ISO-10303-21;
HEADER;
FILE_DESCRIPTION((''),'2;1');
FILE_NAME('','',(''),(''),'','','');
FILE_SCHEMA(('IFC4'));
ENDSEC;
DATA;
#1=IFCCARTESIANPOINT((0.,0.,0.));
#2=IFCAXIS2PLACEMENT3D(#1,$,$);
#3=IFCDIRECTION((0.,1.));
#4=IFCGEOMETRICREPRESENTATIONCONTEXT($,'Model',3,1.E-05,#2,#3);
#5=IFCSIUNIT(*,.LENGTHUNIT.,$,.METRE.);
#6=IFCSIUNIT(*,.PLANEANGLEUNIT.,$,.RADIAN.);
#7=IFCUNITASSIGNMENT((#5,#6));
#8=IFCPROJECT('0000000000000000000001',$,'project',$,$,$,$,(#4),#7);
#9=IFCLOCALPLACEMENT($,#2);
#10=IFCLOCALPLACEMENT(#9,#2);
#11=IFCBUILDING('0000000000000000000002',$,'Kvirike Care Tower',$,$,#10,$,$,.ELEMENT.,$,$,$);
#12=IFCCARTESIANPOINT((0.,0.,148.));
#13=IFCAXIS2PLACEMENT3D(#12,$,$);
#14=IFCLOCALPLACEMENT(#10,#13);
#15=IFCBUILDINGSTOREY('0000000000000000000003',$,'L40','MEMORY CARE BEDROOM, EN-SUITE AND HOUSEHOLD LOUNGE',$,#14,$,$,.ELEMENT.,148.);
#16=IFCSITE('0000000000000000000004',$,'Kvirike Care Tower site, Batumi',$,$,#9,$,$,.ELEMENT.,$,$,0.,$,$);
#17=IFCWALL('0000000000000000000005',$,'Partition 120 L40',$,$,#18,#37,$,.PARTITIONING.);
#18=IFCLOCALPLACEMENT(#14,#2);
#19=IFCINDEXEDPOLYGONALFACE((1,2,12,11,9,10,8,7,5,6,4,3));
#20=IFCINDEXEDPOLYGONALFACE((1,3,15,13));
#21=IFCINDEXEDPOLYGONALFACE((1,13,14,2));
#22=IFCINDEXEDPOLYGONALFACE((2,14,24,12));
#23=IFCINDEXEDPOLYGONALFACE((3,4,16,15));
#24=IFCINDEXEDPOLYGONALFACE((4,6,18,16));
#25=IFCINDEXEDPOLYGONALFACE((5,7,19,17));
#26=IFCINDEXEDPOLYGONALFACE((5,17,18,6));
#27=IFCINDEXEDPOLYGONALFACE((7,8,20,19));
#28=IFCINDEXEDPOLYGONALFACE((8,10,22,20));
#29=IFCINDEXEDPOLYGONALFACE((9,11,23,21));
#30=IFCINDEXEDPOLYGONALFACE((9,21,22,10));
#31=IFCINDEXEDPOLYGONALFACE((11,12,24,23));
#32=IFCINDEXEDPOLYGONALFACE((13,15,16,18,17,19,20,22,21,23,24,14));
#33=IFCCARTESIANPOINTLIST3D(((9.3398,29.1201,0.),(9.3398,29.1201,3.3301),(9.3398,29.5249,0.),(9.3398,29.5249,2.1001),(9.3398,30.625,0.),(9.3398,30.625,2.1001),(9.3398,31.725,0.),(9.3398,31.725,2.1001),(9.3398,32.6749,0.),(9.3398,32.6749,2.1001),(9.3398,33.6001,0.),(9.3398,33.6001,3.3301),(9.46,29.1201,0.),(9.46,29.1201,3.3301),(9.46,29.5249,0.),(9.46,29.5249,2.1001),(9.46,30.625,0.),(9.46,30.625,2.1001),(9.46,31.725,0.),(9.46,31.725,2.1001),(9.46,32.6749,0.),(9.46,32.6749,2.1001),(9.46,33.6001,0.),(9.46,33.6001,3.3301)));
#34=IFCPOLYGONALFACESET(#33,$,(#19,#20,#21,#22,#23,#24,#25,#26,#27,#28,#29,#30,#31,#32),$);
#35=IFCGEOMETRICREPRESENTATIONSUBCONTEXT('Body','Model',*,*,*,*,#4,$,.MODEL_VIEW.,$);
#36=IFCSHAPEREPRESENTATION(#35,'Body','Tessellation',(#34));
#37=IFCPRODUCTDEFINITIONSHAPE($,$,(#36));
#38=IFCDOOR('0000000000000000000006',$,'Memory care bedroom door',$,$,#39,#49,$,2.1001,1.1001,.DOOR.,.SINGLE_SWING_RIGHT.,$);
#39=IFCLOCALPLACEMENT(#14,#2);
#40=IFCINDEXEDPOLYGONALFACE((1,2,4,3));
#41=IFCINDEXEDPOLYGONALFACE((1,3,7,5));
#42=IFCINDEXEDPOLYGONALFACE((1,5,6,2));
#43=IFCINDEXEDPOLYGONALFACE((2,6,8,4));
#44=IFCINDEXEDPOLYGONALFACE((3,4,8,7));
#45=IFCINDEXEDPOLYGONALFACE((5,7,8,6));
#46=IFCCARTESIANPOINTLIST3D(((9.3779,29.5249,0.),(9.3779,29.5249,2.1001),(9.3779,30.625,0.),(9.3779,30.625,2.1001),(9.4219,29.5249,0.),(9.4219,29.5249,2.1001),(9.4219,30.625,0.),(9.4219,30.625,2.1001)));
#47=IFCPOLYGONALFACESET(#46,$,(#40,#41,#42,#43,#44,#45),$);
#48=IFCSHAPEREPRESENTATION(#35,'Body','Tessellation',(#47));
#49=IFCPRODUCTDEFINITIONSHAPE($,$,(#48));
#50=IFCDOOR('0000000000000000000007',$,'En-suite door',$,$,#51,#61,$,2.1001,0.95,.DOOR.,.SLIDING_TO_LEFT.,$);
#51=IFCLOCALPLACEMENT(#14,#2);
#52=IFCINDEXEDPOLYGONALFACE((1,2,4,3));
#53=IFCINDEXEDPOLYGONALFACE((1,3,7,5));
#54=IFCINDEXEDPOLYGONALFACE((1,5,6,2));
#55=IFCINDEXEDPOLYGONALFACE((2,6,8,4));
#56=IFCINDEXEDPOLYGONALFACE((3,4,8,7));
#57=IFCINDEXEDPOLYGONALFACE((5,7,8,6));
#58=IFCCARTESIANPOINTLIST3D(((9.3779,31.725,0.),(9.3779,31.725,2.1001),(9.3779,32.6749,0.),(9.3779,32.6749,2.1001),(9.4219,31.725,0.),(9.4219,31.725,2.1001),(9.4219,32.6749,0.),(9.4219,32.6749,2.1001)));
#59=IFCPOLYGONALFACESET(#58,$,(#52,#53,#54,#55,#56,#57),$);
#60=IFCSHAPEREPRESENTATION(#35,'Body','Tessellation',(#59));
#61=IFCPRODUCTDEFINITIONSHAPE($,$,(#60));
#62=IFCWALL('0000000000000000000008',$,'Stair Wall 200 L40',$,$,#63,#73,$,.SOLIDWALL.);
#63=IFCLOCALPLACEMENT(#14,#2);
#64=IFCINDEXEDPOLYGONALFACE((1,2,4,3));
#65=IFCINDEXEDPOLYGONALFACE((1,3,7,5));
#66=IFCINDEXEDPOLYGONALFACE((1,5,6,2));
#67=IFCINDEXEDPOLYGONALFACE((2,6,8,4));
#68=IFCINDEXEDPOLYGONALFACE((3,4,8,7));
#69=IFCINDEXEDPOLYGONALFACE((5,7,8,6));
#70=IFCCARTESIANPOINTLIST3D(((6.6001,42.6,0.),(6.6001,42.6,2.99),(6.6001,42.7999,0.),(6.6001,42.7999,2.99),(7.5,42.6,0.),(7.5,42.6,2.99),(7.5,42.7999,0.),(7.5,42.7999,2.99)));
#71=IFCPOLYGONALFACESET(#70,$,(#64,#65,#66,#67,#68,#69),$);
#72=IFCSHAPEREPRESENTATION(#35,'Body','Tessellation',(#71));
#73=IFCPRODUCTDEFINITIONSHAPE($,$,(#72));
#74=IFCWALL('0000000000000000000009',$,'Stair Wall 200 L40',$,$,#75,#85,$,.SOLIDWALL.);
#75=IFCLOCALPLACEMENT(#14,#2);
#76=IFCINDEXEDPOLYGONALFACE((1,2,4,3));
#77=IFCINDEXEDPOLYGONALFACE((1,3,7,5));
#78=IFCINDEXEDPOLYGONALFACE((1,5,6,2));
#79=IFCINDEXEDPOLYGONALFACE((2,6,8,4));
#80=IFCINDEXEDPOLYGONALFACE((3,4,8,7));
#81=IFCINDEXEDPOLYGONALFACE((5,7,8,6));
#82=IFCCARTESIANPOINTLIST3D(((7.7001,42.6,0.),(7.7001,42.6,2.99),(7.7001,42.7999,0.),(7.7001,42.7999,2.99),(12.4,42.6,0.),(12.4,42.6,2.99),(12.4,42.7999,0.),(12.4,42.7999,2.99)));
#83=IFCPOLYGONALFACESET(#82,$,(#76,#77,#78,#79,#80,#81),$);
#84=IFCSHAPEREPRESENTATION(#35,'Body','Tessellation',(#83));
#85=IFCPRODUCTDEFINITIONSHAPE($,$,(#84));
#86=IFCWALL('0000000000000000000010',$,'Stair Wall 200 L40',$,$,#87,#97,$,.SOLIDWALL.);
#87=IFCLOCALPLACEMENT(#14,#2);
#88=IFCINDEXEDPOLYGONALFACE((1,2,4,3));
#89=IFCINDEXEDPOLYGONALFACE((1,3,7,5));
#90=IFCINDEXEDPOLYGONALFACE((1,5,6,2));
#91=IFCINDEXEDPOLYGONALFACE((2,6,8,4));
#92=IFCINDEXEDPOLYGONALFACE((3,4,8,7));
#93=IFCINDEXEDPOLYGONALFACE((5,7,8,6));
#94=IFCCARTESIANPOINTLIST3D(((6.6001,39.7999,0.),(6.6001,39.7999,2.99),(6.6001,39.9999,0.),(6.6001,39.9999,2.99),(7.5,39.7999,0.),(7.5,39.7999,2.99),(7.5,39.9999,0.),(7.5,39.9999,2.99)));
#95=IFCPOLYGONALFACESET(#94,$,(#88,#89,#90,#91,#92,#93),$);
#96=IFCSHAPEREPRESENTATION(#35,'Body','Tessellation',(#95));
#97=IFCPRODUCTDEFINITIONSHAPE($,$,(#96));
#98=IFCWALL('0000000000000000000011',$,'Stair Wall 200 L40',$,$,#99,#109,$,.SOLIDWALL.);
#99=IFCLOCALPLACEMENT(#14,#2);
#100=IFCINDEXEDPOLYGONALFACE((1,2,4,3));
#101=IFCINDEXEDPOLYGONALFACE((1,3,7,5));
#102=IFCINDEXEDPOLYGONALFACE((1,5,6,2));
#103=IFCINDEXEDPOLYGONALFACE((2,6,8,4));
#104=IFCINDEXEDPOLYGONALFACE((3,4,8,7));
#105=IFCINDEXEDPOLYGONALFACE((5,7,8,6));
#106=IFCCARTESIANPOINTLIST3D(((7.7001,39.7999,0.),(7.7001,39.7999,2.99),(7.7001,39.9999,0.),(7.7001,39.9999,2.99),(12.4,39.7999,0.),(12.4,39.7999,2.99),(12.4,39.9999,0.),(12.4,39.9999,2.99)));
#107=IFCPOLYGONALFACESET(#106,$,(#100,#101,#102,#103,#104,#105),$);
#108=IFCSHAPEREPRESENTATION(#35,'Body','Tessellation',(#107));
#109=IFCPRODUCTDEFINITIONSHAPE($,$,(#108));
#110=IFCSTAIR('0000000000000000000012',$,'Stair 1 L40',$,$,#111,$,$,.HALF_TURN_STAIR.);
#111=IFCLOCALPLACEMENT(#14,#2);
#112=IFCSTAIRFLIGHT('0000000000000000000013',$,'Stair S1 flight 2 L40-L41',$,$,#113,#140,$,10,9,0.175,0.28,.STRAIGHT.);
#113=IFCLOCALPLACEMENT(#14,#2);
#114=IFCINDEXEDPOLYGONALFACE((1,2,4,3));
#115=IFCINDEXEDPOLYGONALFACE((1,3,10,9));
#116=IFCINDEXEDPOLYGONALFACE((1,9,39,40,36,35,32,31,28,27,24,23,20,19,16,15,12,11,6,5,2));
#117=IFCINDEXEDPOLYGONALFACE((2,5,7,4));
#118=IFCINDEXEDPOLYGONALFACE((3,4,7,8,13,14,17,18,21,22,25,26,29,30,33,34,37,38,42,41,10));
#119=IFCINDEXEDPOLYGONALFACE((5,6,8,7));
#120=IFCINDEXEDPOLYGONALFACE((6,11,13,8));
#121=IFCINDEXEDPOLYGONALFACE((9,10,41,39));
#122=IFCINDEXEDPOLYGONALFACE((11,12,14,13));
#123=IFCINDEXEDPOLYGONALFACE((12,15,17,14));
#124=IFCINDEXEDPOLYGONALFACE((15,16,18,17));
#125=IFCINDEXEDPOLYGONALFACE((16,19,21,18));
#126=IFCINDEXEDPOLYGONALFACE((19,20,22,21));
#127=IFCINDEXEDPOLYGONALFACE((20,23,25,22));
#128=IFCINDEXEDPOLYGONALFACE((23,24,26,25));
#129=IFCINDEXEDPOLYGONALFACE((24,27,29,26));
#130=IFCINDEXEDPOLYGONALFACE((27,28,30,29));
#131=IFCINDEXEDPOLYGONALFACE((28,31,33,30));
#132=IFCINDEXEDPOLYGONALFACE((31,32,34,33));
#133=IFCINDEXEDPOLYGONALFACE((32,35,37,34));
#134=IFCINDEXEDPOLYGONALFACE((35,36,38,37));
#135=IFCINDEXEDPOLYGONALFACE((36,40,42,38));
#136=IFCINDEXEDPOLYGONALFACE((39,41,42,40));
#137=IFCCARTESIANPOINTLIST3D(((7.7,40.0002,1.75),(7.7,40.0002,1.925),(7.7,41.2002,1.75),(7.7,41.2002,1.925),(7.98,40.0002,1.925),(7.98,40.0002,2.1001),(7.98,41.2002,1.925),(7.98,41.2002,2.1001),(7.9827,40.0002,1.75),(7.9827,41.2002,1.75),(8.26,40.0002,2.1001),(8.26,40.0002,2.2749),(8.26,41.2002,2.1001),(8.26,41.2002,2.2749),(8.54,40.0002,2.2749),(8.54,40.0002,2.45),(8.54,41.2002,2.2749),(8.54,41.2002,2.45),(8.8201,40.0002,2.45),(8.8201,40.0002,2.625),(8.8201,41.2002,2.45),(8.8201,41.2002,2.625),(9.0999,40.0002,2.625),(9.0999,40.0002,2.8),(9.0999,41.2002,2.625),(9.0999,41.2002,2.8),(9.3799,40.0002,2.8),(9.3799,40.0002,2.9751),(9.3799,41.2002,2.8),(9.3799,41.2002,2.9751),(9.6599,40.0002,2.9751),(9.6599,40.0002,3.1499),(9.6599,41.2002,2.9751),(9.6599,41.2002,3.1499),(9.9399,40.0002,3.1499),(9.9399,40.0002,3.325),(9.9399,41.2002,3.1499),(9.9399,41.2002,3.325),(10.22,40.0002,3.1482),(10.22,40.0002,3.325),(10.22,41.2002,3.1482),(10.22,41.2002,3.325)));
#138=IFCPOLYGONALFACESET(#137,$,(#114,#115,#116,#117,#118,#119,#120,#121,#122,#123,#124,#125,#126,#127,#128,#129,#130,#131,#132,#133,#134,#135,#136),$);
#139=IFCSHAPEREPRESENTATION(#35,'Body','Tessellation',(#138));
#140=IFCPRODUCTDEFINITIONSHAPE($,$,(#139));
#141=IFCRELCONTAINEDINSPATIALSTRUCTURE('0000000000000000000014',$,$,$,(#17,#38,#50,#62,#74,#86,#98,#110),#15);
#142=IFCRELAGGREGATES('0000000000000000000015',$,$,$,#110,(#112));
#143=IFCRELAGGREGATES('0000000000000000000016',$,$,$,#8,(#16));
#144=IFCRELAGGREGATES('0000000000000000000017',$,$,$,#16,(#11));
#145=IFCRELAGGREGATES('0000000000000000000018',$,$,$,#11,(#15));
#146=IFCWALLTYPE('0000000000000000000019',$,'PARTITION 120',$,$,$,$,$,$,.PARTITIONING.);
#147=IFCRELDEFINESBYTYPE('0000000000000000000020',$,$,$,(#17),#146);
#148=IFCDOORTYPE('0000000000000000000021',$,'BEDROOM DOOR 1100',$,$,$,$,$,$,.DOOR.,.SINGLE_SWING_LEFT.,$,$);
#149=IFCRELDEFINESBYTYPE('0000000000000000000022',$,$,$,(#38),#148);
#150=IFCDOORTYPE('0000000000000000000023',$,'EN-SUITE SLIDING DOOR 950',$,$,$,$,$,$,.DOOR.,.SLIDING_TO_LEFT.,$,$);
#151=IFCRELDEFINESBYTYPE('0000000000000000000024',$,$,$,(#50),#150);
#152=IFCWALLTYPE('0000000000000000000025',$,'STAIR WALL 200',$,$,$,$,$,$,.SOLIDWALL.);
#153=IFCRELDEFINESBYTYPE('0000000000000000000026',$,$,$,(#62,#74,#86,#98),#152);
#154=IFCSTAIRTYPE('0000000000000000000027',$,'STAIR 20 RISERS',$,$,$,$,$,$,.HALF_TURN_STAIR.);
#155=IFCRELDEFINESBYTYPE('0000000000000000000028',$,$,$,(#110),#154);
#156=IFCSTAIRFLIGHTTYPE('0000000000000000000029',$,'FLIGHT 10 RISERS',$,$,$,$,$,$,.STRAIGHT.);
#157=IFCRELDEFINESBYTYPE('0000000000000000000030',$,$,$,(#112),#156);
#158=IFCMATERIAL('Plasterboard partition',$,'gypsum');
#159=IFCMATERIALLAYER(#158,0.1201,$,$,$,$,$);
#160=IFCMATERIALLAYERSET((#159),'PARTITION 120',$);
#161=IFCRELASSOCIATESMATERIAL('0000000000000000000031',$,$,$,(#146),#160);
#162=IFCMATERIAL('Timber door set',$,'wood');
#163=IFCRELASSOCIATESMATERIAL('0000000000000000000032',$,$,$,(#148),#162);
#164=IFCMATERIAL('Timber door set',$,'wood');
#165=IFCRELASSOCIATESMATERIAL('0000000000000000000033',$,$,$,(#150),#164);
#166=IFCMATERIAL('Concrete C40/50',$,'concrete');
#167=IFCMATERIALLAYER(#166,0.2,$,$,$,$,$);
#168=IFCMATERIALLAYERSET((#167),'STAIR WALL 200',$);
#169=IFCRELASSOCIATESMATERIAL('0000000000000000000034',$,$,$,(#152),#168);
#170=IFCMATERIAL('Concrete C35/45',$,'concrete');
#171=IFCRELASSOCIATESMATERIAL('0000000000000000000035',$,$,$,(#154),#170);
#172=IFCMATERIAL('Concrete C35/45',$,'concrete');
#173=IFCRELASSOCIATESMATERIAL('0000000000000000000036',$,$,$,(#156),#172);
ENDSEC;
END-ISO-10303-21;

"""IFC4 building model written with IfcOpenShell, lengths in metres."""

from ifc_helpers import new_model, si_unit, direction, frame, frame_2d, origin, place, context, subcontext, project, spatial, polyline, rectangle, outline, extrude, material, layer, layer_set, type_object, element, fill, aggregate, save


model = new_model("IFC4")

# Units and contexts
model_context = context("Model", 3, precision=1e-05, world=origin(), true_north=direction((0.0, 1.0)))
body_context = subcontext(model_context, "Body", "Model", "MODEL_VIEW")
ifc_project = project(units=[si_unit("LENGTHUNIT", "METRE"), si_unit("PLANEANGLEUNIT", "RADIAN")], contexts=[model_context])

# Site, building, storey
site_placement = place(None, origin())
site = spatial("IfcSite", under=ifc_project, at=site_placement, Name="Kvirike Care Tower site, Batumi", CompositionType="ELEMENT", RefElevation=0.0)
building_placement = place(site_placement, origin())
building = spatial("IfcBuilding", under=site, at=building_placement, Name="Kvirike Care Tower", CompositionType="ELEMENT")
storey_placement = place(building_placement, frame((0.0, 0.0, 148.0)))
storey = spatial("IfcBuildingStorey", under=building, at=storey_placement, Name="L40", Description="MEMORY CARE BEDROOM, EN-SUITE AND HOUSEHOLD LOUNGE", CompositionType="ELEMENT", Elevation=148.0)

# Wall, openings, doors
ifc_material_1 = material(Name="Plasterboard partition", Category="gypsum")
ifc_layer_1 = layer(ifc_material_1, 0.1201)
ifc_layer_set_1 = layer_set([ifc_layer_1], Name="PARTITION 120")
wall_type_1 = type_object("IfcWallType", Name="PARTITION 120", PredefinedType="PARTITIONING", material=ifc_layer_set_1)
wall_1_placement = place(storey_placement, frame((9.3999, 33.6001, 0.0), z_axis=(0.0, 0.0, 1.0), x_axis=(0.0, -1.0, 0.0)))
wall_1 = element("IfcWall", 1, at=wall_1_placement, inside=storey, type_object=wall_type_1, Name="Partition 120 L40", PredefinedType="PARTITIONING", context=body_context, shape_type="SweptSolid", body=[
    extrude(rectangle(XDim=4.48, YDim=0.1201, at=frame_2d((2.24, 0.0))), origin(), (0.0, 0.0, 1.0), 3.3301),
])
opening_1_placement = place(wall_1_placement, frame((2.9751, 0.0, 0.0)))
opening_1 = element("IfcOpeningElement", 2, at=opening_1_placement, cuts=wall_1, PredefinedType="OPENING", context=body_context, shape_type="SweptSolid", body=[
    extrude(rectangle(XDim=1.1001, YDim=2.1001, at=frame_2d((0.55, 1.05))), frame((0.0, 0.0706, 0.0), z_axis=(0.0, -1.0, 0.0), x_axis=(1.0, 0.0, 0.0)), (0.0, 0.0, 1.0), 0.1411),
])
opening_2_placement = place(wall_1_placement, frame((0.925, 0.0, 0.0)))
opening_2 = element("IfcOpeningElement", 3, at=opening_2_placement, cuts=wall_1, PredefinedType="OPENING", context=body_context, shape_type="SweptSolid", body=[
    extrude(rectangle(XDim=0.95, YDim=2.1001, at=frame_2d((0.4751, 1.05))), frame((0.0, 0.0706, 0.0), z_axis=(0.0, -1.0, 0.0), x_axis=(1.0, 0.0, 0.0)), (0.0, 0.0, 1.0), 0.1411),
])
ifc_material_2 = material(Name="Timber door set", Category="wood")
door_type_1 = type_object("IfcDoorType", Name="BEDROOM DOOR 1100", OperationType="SINGLE_SWING_LEFT", PredefinedType="DOOR", material=ifc_material_2)
door_1_placement = place(opening_1_placement, origin())
door_1 = element("IfcDoor", 4, at=door_1_placement, inside=storey, type_object=door_type_1, Name="Memory care bedroom door", OperationType="SINGLE_SWING_RIGHT", OverallHeight=2.1001, OverallWidth=1.1001, PredefinedType="DOOR", context=body_context, shape_type="SweptSolid", body=[
    extrude(rectangle(XDim=1.1001, YDim=2.1001, at=frame_2d((0.55, 1.05))), frame((0.0, 0.022, 0.0), z_axis=(0.0, -1.0, 0.0), x_axis=(1.0, 0.0, 0.0)), (0.0, 0.0, 1.0), 0.0439),
])
fill(opening_1, door_1)
ifc_material_3 = material(Name="Timber door set", Category="wood")
door_type_2 = type_object("IfcDoorType", Name="EN-SUITE SLIDING DOOR 950", OperationType="SLIDING_TO_LEFT", PredefinedType="DOOR", material=ifc_material_3)
door_2_placement = place(opening_2_placement, origin())
door_2 = element("IfcDoor", 5, at=door_2_placement, inside=storey, type_object=door_type_2, Name="En-suite door", OperationType="SLIDING_TO_LEFT", OverallHeight=2.1001, OverallWidth=0.95, PredefinedType="DOOR", context=body_context, shape_type="SweptSolid", body=[
    extrude(rectangle(XDim=0.95, YDim=2.1001, at=frame_2d((0.4751, 1.05))), frame((0.0, 0.022, 0.0), z_axis=(0.0, -1.0, 0.0), x_axis=(1.0, 0.0, 0.0)), (0.0, 0.0, 1.0), 0.0439),
])
fill(opening_2, door_2)

# Walls
ifc_material_4 = material(Name="Concrete C40/50", Category="concrete")
ifc_layer_2 = layer(ifc_material_4, 0.2)
ifc_layer_set_2 = layer_set([ifc_layer_2], Name="STAIR WALL 200")
wall_type_2 = type_object("IfcWallType", Name="STAIR WALL 200", PredefinedType="SOLIDWALL", material=ifc_layer_set_2)
wall_2_placement = place(storey_placement, frame((6.6001, 42.7, 0.0), z_axis=(0.0, 0.0, 1.0), x_axis=(1.0, 0.0, 0.0)))
element("IfcWall", 6, at=wall_2_placement, inside=storey, type_object=wall_type_2, Name="Stair Wall 200 L40", PredefinedType="SOLIDWALL", context=body_context, shape_type="SweptSolid", body=[
    extrude(rectangle(XDim=0.8999, YDim=0.2, at=frame_2d((0.45, 0.0))), origin(), (0.0, 0.0, 1.0), 2.99),
])
wall_3_placement = place(storey_placement, frame((7.7, 42.7, 0.0), z_axis=(0.0, 0.0, 1.0), x_axis=(1.0, 0.0, 0.0)))
element("IfcWall", 7, at=wall_3_placement, inside=storey, type_object=wall_type_2, Name="Stair Wall 200 L40", PredefinedType="SOLIDWALL", context=body_context, shape_type="SweptSolid", body=[
    extrude(rectangle(XDim=4.7, YDim=0.2, at=frame_2d((2.3501, 0.0))), origin(), (0.0, 0.0, 1.0), 2.99),
])
wall_4_placement = place(storey_placement, frame((6.6001, 39.8999, 0.0), z_axis=(0.0, 0.0, 1.0), x_axis=(1.0, 0.0, 0.0)))
element("IfcWall", 8, at=wall_4_placement, inside=storey, type_object=wall_type_2, Name="Stair Wall 200 L40", PredefinedType="SOLIDWALL", context=body_context, shape_type="SweptSolid", body=[
    extrude(rectangle(XDim=0.8999, YDim=0.2, at=frame_2d((0.45, 0.0))), origin(), (0.0, 0.0, 1.0), 2.99),
])
wall_5_placement = place(storey_placement, frame((7.7, 39.8999, 0.0), z_axis=(0.0, 0.0, 1.0), x_axis=(1.0, 0.0, 0.0)))
element("IfcWall", 9, at=wall_5_placement, inside=storey, type_object=wall_type_2, Name="Stair Wall 200 L40", PredefinedType="SOLIDWALL", context=body_context, shape_type="SweptSolid", body=[
    extrude(rectangle(XDim=4.7, YDim=0.2, at=frame_2d((2.3501, 0.0))), origin(), (0.0, 0.0, 1.0), 2.99),
])

# Stair, stair flight
ifc_material_5 = material(Name="Concrete C35/45", Category="concrete")
stair_type = type_object("IfcStairType", Name="STAIR 20 RISERS", PredefinedType="HALF_TURN_STAIR", material=ifc_material_5)
stair_placement = place(storey_placement, origin())
stair = element("IfcStair", 10, at=stair_placement, inside=storey, type_object=stair_type, Name="Stair 1 L40", PredefinedType="HALF_TURN_STAIR")
ifc_material_6 = material(Name="Concrete C35/45", Category="concrete")
stair_flight_type = type_object("IfcStairFlightType", Name="FLIGHT 10 RISERS", PredefinedType="STRAIGHT", material=ifc_material_6)
stair_flight_placement = place(storey_placement, frame((7.7, 40.6001, 1.75), z_axis=(0.0, 0.0, 1.0), x_axis=(1.0, 0.0, 0.0)))
stair_flight = element("IfcStairFlight", 11, at=stair_flight_placement, type_object=stair_flight_type, Name="Stair S1 flight 2 L40-L41", NumberOfRisers=10, NumberOfTreads=9, PredefinedType="STRAIGHT", RiserHeight=0.175, TreadLength=0.28, context=body_context, shape_type="SweptSolid", body=[
    extrude(outline(polyline([(0.0, 0.0), (0.0, 0.175), (0.28, 0.175), (0.28, 0.3501), (0.5601, 0.3501), (0.5601, 0.5249), (0.8401, 0.5249), (0.8401, 0.7), (1.1201, 0.7), (1.1201, 0.875), (1.3999, 0.875), (1.3999, 1.05), (1.6799, 1.05), (1.6799, 1.2251), (1.96, 1.2251), (1.96, 1.3999), (2.24, 1.3999), (2.24, 1.575), (2.52, 1.575), (2.52, 1.75), (2.52, 1.3982), (0.2827, 0.0), (0.0, 0.0)])), frame((0.0, 0.6001, 0.0), z_axis=(0.0, -1.0, 0.0), x_axis=(1.0, 0.0, 0.0)), (0.0, 0.0, 1.0), 1.2),
])
aggregate(stair, [stair_flight])

save(model, "model.ifc")
